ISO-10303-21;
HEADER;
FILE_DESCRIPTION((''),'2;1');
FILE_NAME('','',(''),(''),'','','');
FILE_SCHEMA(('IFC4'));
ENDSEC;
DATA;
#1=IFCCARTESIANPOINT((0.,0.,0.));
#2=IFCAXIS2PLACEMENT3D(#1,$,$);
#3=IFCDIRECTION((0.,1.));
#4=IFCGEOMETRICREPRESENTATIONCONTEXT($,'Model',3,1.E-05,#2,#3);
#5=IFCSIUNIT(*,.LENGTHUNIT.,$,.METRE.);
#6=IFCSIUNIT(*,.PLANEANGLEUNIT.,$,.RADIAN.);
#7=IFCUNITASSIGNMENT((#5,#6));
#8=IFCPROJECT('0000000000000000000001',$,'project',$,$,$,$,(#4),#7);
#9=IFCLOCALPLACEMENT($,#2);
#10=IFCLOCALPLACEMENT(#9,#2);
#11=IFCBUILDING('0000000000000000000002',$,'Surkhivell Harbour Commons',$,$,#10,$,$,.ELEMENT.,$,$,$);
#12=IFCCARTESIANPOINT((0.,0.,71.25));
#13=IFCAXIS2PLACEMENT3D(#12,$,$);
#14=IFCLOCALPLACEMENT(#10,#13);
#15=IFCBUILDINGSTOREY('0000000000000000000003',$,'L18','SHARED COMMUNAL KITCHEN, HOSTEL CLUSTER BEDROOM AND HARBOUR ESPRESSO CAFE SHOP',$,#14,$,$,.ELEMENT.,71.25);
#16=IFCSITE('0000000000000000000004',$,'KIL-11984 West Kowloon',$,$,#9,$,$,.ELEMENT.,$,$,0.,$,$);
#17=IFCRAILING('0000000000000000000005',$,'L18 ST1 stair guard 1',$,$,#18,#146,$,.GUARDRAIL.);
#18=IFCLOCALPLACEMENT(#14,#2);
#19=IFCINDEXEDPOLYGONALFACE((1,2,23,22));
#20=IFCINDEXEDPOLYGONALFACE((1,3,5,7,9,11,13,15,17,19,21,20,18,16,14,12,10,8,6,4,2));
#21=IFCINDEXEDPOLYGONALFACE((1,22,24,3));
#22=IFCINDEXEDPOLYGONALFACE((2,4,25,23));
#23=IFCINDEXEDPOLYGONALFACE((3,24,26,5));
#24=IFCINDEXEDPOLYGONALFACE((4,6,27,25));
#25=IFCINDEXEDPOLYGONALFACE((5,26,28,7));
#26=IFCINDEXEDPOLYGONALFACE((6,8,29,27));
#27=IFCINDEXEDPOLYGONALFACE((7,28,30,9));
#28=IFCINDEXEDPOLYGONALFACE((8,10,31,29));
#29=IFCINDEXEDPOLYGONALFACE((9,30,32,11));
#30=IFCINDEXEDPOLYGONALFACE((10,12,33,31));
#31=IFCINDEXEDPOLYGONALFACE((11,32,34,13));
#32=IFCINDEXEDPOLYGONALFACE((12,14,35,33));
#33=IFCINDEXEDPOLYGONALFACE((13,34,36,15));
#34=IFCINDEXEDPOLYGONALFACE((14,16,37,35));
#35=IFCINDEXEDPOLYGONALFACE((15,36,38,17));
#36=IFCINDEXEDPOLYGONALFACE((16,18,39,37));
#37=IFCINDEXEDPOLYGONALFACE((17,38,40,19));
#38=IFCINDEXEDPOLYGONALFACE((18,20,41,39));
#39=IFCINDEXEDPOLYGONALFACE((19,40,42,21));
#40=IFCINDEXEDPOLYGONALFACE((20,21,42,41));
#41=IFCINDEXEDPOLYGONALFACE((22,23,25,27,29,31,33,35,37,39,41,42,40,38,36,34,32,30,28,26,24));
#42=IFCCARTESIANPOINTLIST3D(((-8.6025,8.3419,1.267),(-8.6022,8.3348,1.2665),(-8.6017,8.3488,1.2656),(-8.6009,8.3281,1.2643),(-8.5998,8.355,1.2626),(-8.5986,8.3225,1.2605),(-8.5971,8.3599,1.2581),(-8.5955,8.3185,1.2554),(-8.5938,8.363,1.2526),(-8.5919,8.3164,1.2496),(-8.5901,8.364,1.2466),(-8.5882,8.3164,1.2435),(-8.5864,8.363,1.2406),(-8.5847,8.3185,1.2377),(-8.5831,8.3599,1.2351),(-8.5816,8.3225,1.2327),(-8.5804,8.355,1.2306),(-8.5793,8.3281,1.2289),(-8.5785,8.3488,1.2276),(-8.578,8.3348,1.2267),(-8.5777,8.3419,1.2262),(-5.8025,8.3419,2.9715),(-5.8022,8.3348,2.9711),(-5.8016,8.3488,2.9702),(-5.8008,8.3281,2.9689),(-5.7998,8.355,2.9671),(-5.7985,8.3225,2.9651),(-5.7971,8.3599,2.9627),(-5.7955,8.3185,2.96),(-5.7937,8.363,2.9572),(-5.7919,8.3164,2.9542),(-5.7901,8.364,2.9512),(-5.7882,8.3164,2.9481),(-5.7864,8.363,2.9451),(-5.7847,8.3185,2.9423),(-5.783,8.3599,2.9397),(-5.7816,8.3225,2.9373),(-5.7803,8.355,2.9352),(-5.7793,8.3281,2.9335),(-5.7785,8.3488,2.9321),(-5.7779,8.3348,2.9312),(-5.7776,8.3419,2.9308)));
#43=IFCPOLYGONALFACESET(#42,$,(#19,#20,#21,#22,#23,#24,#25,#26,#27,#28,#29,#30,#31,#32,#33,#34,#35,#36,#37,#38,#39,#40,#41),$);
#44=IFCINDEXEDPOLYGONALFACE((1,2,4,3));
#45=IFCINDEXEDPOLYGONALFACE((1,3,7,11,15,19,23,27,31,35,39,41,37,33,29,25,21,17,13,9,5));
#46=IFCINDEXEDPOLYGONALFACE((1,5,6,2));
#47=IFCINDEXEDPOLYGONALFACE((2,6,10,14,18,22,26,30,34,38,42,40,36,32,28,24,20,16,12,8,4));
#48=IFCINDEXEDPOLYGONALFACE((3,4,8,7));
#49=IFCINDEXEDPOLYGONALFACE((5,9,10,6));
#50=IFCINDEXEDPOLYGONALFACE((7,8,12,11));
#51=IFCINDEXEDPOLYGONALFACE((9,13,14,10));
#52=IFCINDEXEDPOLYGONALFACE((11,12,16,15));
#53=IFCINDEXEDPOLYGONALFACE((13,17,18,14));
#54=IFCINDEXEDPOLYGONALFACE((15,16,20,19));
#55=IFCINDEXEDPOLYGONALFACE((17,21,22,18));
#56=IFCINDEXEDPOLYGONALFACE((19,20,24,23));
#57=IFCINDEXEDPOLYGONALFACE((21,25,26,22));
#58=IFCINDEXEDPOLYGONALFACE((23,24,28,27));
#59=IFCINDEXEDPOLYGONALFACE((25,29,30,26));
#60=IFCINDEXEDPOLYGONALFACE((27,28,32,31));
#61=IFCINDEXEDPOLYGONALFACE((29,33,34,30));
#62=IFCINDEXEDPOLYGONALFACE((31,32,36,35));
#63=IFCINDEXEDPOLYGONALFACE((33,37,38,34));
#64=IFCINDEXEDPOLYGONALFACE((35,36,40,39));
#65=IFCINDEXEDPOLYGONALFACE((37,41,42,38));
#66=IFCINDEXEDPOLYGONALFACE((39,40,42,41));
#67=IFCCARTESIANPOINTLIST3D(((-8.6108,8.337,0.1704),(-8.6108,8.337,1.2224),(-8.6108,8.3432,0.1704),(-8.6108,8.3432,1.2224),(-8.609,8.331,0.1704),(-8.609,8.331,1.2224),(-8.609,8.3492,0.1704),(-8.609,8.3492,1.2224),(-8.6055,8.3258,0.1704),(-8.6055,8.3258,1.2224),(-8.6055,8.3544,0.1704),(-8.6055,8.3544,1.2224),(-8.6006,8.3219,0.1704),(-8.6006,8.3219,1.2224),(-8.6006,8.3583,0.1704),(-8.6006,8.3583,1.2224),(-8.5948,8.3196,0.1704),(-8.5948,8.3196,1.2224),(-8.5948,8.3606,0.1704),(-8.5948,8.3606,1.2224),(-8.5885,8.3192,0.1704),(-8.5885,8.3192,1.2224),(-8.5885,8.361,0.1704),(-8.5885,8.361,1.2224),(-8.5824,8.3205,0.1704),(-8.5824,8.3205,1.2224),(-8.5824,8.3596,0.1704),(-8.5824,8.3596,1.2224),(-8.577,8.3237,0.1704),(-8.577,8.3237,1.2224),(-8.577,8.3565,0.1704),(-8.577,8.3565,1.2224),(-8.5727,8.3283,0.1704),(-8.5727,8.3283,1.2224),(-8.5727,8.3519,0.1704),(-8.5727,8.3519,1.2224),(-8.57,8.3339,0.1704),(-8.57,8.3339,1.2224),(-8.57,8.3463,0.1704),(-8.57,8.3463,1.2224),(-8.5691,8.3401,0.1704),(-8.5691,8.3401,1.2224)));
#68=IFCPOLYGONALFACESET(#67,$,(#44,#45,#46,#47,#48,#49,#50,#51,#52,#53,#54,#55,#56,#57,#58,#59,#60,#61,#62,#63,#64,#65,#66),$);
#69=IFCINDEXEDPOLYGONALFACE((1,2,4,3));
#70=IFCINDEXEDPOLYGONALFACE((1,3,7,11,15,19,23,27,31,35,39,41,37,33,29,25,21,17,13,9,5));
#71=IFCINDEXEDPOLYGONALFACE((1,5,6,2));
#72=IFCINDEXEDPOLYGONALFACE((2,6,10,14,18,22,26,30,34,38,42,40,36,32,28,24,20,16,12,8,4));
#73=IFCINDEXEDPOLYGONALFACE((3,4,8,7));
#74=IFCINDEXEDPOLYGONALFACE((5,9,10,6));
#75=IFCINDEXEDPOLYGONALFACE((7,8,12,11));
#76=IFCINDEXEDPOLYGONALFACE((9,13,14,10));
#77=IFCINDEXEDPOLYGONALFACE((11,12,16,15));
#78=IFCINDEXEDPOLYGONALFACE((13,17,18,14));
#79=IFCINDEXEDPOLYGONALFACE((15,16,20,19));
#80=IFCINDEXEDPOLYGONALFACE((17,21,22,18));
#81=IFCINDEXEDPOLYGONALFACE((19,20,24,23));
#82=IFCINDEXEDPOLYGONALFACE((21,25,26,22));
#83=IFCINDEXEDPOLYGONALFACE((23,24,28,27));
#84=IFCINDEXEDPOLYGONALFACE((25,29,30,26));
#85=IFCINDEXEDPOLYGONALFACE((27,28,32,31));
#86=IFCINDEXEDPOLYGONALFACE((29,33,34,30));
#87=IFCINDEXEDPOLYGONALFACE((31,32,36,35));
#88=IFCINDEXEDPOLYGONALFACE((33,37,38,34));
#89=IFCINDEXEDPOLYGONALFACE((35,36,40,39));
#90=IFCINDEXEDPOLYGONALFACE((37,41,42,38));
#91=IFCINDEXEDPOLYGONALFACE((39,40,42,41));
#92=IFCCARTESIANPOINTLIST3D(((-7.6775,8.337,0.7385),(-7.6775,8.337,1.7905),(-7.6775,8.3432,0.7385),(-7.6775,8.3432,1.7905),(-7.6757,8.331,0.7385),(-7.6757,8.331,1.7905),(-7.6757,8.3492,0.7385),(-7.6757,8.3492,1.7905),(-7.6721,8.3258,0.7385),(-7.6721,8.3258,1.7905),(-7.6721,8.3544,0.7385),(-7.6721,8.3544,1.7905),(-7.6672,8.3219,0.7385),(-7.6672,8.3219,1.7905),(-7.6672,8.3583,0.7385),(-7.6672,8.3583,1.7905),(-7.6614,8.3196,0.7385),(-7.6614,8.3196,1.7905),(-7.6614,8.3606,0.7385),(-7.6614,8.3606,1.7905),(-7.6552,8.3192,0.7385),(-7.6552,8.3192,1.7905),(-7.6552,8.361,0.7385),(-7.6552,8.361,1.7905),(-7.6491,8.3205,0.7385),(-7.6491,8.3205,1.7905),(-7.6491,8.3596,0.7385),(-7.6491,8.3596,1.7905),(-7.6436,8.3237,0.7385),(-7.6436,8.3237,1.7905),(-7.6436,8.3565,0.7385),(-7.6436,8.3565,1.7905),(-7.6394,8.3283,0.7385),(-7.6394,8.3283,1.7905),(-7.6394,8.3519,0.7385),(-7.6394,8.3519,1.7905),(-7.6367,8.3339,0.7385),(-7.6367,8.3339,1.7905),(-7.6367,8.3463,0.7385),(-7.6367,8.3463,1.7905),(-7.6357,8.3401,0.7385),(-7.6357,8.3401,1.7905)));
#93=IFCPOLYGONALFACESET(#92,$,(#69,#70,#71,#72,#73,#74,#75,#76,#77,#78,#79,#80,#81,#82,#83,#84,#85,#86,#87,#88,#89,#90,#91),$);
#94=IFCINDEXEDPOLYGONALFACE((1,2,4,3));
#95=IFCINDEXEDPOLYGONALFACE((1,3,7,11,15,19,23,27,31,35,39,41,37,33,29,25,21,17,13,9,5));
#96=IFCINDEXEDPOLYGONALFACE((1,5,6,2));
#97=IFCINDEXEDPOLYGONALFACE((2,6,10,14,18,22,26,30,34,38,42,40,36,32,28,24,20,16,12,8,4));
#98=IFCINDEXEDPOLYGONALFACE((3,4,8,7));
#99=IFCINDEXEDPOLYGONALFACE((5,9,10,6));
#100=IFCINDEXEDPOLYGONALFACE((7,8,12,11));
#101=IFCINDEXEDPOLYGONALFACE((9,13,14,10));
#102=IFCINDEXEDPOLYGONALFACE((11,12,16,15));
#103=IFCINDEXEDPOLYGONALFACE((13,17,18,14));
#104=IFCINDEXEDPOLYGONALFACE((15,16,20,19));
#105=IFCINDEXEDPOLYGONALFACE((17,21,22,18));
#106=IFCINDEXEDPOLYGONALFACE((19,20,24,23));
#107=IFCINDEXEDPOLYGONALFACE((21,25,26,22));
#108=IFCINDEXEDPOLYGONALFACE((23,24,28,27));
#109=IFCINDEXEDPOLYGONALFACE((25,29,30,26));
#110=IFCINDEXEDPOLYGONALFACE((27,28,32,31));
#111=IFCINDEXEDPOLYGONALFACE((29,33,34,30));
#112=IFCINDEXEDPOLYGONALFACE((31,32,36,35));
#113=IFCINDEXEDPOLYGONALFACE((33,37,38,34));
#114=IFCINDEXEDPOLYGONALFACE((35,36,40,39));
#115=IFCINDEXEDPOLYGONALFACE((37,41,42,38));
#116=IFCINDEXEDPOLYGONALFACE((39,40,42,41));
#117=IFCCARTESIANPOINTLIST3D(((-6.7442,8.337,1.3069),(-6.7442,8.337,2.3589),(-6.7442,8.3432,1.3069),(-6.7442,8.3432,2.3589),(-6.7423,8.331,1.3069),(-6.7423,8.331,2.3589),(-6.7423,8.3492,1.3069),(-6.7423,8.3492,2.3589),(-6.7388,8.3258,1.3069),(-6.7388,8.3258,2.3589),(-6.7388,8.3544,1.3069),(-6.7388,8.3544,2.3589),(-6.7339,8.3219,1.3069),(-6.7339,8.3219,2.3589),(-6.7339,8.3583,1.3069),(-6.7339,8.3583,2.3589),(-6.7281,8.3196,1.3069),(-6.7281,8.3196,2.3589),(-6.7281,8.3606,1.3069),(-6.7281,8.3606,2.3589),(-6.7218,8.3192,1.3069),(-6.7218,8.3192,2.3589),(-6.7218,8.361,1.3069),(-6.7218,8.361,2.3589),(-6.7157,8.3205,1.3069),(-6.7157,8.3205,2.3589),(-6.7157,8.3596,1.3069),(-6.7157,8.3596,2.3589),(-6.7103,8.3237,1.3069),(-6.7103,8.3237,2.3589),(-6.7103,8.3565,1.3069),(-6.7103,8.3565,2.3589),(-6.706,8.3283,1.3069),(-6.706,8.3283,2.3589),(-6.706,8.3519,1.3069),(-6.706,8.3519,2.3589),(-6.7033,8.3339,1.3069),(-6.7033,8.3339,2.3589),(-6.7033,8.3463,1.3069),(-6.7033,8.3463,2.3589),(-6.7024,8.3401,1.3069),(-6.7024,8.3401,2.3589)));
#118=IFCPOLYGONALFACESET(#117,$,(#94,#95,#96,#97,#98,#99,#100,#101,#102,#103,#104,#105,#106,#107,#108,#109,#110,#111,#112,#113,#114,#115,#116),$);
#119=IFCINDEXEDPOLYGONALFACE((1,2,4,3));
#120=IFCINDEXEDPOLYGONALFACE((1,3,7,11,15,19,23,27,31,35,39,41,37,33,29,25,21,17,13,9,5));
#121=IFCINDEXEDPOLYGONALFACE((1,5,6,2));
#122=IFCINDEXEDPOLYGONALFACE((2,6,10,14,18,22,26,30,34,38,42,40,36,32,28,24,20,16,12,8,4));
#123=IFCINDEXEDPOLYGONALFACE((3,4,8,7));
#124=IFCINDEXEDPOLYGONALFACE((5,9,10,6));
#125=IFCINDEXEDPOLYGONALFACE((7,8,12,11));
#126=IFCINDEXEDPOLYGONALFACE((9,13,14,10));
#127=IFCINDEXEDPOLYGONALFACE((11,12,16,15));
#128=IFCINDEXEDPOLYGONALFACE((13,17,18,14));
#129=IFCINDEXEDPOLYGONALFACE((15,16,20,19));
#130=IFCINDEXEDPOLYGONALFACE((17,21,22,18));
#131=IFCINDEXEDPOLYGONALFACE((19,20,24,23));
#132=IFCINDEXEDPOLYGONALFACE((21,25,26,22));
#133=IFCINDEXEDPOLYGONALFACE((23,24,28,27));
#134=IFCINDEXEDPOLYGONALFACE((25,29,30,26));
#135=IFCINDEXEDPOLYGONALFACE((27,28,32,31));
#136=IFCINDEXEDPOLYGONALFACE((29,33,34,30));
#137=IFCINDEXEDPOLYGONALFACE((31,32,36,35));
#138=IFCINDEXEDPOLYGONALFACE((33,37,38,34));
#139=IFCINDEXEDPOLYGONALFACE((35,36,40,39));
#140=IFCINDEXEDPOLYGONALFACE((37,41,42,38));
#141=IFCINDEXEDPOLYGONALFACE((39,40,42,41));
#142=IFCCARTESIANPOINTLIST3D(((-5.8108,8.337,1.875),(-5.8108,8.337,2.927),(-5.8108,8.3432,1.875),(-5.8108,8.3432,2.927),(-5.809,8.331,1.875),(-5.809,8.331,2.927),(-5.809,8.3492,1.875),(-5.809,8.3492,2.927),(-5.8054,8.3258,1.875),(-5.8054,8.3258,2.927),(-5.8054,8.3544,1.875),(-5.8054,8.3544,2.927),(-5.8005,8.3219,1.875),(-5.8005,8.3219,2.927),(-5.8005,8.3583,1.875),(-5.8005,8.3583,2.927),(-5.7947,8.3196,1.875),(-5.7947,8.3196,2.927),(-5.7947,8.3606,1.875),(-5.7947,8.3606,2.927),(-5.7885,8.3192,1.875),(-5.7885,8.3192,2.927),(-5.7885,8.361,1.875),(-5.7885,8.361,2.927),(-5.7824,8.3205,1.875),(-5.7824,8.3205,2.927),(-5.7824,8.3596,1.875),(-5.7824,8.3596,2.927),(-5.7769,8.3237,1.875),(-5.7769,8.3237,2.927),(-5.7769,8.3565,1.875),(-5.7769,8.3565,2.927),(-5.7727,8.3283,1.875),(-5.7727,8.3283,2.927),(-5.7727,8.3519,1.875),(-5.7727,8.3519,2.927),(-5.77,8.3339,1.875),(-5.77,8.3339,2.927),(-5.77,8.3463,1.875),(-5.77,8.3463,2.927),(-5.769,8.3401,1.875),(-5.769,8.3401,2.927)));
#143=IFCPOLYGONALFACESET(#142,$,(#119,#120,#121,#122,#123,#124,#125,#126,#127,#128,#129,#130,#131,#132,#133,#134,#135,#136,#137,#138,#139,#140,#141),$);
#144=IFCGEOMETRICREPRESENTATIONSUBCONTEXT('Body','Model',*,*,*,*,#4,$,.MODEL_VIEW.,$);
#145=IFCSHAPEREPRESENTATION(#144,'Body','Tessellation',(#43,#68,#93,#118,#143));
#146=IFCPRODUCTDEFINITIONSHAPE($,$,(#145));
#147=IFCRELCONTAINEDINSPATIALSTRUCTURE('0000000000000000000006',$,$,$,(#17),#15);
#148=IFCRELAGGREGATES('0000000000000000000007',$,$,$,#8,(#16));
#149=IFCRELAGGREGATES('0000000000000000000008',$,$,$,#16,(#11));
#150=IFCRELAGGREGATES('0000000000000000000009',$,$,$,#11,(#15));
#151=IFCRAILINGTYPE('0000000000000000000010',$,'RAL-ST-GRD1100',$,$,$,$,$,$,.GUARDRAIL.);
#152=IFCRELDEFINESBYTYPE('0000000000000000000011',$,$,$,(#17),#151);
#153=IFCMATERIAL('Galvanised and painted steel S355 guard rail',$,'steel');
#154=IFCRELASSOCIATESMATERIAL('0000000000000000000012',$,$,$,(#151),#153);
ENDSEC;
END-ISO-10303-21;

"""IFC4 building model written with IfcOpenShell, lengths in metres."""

from ifc_helpers import new_model, si_unit, direction, frame, origin, origin_2d, place, context, subcontext, project, spatial, circle, extrude, material, type_object, element, save


model = new_model("IFC4")

# Units and contexts
model_context = context("Model", 3, precision=1e-05, world=origin(), true_north=direction((0.0, 1.0)))
body_context = subcontext(model_context, "Body", "Model", "MODEL_VIEW")
ifc_project = project(units=[si_unit("LENGTHUNIT", "METRE"), si_unit("PLANEANGLEUNIT", "RADIAN")], contexts=[model_context])

# Site, building, storey
site_placement = place(None, origin())
site = spatial("IfcSite", under=ifc_project, at=site_placement, Name="KIL-11984 West Kowloon", CompositionType="ELEMENT", RefElevation=0.0)
building_placement = place(site_placement, origin())
building = spatial("IfcBuilding", under=site, at=building_placement, Name="Surkhivell Harbour Commons", CompositionType="ELEMENT")
storey_placement = place(building_placement, frame((0.0, 0.0, 71.25)))
storey = spatial("IfcBuildingStorey", under=building, at=storey_placement, Name="L18", Description="SHARED COMMUNAL KITCHEN, HOSTEL CLUSTER BEDROOM AND HARBOUR ESPRESSO CAFE SHOP", CompositionType="ELEMENT", Elevation=71.25)

# Railing
ifc_material_1 = material(Name="Galvanised and painted steel S355 guard rail", Category="steel")
railing_type_1 = type_object("IfcRailingType", Name="RAL-ST-GRD1100", PredefinedType="GUARDRAIL", material=ifc_material_1)
railing_1_placement = place(storey_placement, frame((-8.5901, 8.3401, 0.1704)))
element("IfcRailing", 1, at=railing_1_placement, inside=storey, type_object=railing_type_1, Name="L18 ST1 stair guard 1", PredefinedType="GUARDRAIL", context=body_context, shape_type="SweptSolid", body=[
    extrude(circle(Radius=0.0239, at=origin_2d()), frame((0.0, 0.0, 1.0762), z_axis=(0.85417, 0.0, 0.519994), x_axis=(0.0, 1.0, 0.0)), (0.0, 0.0, 1.0), 3.2781),
    extrude(circle(Radius=0.021, at=origin_2d()), origin(), (0.0, 0.0, 1.0), 1.052),
    extrude(circle(Radius=0.021, at=origin_2d()), frame((0.9333, 0.0, 0.5681)), (0.0, 0.0, 1.0), 1.052),
    extrude(circle(Radius=0.021, at=origin_2d()), frame((1.8667, 0.0, 1.1365)), (0.0, 0.0, 1.0), 1.052),
    extrude(circle(Radius=0.021, at=origin_2d()), frame((2.8, 0.0, 1.7046)), (0.0, 0.0, 1.0), 1.052),
])

save(model, "model.ifc")
